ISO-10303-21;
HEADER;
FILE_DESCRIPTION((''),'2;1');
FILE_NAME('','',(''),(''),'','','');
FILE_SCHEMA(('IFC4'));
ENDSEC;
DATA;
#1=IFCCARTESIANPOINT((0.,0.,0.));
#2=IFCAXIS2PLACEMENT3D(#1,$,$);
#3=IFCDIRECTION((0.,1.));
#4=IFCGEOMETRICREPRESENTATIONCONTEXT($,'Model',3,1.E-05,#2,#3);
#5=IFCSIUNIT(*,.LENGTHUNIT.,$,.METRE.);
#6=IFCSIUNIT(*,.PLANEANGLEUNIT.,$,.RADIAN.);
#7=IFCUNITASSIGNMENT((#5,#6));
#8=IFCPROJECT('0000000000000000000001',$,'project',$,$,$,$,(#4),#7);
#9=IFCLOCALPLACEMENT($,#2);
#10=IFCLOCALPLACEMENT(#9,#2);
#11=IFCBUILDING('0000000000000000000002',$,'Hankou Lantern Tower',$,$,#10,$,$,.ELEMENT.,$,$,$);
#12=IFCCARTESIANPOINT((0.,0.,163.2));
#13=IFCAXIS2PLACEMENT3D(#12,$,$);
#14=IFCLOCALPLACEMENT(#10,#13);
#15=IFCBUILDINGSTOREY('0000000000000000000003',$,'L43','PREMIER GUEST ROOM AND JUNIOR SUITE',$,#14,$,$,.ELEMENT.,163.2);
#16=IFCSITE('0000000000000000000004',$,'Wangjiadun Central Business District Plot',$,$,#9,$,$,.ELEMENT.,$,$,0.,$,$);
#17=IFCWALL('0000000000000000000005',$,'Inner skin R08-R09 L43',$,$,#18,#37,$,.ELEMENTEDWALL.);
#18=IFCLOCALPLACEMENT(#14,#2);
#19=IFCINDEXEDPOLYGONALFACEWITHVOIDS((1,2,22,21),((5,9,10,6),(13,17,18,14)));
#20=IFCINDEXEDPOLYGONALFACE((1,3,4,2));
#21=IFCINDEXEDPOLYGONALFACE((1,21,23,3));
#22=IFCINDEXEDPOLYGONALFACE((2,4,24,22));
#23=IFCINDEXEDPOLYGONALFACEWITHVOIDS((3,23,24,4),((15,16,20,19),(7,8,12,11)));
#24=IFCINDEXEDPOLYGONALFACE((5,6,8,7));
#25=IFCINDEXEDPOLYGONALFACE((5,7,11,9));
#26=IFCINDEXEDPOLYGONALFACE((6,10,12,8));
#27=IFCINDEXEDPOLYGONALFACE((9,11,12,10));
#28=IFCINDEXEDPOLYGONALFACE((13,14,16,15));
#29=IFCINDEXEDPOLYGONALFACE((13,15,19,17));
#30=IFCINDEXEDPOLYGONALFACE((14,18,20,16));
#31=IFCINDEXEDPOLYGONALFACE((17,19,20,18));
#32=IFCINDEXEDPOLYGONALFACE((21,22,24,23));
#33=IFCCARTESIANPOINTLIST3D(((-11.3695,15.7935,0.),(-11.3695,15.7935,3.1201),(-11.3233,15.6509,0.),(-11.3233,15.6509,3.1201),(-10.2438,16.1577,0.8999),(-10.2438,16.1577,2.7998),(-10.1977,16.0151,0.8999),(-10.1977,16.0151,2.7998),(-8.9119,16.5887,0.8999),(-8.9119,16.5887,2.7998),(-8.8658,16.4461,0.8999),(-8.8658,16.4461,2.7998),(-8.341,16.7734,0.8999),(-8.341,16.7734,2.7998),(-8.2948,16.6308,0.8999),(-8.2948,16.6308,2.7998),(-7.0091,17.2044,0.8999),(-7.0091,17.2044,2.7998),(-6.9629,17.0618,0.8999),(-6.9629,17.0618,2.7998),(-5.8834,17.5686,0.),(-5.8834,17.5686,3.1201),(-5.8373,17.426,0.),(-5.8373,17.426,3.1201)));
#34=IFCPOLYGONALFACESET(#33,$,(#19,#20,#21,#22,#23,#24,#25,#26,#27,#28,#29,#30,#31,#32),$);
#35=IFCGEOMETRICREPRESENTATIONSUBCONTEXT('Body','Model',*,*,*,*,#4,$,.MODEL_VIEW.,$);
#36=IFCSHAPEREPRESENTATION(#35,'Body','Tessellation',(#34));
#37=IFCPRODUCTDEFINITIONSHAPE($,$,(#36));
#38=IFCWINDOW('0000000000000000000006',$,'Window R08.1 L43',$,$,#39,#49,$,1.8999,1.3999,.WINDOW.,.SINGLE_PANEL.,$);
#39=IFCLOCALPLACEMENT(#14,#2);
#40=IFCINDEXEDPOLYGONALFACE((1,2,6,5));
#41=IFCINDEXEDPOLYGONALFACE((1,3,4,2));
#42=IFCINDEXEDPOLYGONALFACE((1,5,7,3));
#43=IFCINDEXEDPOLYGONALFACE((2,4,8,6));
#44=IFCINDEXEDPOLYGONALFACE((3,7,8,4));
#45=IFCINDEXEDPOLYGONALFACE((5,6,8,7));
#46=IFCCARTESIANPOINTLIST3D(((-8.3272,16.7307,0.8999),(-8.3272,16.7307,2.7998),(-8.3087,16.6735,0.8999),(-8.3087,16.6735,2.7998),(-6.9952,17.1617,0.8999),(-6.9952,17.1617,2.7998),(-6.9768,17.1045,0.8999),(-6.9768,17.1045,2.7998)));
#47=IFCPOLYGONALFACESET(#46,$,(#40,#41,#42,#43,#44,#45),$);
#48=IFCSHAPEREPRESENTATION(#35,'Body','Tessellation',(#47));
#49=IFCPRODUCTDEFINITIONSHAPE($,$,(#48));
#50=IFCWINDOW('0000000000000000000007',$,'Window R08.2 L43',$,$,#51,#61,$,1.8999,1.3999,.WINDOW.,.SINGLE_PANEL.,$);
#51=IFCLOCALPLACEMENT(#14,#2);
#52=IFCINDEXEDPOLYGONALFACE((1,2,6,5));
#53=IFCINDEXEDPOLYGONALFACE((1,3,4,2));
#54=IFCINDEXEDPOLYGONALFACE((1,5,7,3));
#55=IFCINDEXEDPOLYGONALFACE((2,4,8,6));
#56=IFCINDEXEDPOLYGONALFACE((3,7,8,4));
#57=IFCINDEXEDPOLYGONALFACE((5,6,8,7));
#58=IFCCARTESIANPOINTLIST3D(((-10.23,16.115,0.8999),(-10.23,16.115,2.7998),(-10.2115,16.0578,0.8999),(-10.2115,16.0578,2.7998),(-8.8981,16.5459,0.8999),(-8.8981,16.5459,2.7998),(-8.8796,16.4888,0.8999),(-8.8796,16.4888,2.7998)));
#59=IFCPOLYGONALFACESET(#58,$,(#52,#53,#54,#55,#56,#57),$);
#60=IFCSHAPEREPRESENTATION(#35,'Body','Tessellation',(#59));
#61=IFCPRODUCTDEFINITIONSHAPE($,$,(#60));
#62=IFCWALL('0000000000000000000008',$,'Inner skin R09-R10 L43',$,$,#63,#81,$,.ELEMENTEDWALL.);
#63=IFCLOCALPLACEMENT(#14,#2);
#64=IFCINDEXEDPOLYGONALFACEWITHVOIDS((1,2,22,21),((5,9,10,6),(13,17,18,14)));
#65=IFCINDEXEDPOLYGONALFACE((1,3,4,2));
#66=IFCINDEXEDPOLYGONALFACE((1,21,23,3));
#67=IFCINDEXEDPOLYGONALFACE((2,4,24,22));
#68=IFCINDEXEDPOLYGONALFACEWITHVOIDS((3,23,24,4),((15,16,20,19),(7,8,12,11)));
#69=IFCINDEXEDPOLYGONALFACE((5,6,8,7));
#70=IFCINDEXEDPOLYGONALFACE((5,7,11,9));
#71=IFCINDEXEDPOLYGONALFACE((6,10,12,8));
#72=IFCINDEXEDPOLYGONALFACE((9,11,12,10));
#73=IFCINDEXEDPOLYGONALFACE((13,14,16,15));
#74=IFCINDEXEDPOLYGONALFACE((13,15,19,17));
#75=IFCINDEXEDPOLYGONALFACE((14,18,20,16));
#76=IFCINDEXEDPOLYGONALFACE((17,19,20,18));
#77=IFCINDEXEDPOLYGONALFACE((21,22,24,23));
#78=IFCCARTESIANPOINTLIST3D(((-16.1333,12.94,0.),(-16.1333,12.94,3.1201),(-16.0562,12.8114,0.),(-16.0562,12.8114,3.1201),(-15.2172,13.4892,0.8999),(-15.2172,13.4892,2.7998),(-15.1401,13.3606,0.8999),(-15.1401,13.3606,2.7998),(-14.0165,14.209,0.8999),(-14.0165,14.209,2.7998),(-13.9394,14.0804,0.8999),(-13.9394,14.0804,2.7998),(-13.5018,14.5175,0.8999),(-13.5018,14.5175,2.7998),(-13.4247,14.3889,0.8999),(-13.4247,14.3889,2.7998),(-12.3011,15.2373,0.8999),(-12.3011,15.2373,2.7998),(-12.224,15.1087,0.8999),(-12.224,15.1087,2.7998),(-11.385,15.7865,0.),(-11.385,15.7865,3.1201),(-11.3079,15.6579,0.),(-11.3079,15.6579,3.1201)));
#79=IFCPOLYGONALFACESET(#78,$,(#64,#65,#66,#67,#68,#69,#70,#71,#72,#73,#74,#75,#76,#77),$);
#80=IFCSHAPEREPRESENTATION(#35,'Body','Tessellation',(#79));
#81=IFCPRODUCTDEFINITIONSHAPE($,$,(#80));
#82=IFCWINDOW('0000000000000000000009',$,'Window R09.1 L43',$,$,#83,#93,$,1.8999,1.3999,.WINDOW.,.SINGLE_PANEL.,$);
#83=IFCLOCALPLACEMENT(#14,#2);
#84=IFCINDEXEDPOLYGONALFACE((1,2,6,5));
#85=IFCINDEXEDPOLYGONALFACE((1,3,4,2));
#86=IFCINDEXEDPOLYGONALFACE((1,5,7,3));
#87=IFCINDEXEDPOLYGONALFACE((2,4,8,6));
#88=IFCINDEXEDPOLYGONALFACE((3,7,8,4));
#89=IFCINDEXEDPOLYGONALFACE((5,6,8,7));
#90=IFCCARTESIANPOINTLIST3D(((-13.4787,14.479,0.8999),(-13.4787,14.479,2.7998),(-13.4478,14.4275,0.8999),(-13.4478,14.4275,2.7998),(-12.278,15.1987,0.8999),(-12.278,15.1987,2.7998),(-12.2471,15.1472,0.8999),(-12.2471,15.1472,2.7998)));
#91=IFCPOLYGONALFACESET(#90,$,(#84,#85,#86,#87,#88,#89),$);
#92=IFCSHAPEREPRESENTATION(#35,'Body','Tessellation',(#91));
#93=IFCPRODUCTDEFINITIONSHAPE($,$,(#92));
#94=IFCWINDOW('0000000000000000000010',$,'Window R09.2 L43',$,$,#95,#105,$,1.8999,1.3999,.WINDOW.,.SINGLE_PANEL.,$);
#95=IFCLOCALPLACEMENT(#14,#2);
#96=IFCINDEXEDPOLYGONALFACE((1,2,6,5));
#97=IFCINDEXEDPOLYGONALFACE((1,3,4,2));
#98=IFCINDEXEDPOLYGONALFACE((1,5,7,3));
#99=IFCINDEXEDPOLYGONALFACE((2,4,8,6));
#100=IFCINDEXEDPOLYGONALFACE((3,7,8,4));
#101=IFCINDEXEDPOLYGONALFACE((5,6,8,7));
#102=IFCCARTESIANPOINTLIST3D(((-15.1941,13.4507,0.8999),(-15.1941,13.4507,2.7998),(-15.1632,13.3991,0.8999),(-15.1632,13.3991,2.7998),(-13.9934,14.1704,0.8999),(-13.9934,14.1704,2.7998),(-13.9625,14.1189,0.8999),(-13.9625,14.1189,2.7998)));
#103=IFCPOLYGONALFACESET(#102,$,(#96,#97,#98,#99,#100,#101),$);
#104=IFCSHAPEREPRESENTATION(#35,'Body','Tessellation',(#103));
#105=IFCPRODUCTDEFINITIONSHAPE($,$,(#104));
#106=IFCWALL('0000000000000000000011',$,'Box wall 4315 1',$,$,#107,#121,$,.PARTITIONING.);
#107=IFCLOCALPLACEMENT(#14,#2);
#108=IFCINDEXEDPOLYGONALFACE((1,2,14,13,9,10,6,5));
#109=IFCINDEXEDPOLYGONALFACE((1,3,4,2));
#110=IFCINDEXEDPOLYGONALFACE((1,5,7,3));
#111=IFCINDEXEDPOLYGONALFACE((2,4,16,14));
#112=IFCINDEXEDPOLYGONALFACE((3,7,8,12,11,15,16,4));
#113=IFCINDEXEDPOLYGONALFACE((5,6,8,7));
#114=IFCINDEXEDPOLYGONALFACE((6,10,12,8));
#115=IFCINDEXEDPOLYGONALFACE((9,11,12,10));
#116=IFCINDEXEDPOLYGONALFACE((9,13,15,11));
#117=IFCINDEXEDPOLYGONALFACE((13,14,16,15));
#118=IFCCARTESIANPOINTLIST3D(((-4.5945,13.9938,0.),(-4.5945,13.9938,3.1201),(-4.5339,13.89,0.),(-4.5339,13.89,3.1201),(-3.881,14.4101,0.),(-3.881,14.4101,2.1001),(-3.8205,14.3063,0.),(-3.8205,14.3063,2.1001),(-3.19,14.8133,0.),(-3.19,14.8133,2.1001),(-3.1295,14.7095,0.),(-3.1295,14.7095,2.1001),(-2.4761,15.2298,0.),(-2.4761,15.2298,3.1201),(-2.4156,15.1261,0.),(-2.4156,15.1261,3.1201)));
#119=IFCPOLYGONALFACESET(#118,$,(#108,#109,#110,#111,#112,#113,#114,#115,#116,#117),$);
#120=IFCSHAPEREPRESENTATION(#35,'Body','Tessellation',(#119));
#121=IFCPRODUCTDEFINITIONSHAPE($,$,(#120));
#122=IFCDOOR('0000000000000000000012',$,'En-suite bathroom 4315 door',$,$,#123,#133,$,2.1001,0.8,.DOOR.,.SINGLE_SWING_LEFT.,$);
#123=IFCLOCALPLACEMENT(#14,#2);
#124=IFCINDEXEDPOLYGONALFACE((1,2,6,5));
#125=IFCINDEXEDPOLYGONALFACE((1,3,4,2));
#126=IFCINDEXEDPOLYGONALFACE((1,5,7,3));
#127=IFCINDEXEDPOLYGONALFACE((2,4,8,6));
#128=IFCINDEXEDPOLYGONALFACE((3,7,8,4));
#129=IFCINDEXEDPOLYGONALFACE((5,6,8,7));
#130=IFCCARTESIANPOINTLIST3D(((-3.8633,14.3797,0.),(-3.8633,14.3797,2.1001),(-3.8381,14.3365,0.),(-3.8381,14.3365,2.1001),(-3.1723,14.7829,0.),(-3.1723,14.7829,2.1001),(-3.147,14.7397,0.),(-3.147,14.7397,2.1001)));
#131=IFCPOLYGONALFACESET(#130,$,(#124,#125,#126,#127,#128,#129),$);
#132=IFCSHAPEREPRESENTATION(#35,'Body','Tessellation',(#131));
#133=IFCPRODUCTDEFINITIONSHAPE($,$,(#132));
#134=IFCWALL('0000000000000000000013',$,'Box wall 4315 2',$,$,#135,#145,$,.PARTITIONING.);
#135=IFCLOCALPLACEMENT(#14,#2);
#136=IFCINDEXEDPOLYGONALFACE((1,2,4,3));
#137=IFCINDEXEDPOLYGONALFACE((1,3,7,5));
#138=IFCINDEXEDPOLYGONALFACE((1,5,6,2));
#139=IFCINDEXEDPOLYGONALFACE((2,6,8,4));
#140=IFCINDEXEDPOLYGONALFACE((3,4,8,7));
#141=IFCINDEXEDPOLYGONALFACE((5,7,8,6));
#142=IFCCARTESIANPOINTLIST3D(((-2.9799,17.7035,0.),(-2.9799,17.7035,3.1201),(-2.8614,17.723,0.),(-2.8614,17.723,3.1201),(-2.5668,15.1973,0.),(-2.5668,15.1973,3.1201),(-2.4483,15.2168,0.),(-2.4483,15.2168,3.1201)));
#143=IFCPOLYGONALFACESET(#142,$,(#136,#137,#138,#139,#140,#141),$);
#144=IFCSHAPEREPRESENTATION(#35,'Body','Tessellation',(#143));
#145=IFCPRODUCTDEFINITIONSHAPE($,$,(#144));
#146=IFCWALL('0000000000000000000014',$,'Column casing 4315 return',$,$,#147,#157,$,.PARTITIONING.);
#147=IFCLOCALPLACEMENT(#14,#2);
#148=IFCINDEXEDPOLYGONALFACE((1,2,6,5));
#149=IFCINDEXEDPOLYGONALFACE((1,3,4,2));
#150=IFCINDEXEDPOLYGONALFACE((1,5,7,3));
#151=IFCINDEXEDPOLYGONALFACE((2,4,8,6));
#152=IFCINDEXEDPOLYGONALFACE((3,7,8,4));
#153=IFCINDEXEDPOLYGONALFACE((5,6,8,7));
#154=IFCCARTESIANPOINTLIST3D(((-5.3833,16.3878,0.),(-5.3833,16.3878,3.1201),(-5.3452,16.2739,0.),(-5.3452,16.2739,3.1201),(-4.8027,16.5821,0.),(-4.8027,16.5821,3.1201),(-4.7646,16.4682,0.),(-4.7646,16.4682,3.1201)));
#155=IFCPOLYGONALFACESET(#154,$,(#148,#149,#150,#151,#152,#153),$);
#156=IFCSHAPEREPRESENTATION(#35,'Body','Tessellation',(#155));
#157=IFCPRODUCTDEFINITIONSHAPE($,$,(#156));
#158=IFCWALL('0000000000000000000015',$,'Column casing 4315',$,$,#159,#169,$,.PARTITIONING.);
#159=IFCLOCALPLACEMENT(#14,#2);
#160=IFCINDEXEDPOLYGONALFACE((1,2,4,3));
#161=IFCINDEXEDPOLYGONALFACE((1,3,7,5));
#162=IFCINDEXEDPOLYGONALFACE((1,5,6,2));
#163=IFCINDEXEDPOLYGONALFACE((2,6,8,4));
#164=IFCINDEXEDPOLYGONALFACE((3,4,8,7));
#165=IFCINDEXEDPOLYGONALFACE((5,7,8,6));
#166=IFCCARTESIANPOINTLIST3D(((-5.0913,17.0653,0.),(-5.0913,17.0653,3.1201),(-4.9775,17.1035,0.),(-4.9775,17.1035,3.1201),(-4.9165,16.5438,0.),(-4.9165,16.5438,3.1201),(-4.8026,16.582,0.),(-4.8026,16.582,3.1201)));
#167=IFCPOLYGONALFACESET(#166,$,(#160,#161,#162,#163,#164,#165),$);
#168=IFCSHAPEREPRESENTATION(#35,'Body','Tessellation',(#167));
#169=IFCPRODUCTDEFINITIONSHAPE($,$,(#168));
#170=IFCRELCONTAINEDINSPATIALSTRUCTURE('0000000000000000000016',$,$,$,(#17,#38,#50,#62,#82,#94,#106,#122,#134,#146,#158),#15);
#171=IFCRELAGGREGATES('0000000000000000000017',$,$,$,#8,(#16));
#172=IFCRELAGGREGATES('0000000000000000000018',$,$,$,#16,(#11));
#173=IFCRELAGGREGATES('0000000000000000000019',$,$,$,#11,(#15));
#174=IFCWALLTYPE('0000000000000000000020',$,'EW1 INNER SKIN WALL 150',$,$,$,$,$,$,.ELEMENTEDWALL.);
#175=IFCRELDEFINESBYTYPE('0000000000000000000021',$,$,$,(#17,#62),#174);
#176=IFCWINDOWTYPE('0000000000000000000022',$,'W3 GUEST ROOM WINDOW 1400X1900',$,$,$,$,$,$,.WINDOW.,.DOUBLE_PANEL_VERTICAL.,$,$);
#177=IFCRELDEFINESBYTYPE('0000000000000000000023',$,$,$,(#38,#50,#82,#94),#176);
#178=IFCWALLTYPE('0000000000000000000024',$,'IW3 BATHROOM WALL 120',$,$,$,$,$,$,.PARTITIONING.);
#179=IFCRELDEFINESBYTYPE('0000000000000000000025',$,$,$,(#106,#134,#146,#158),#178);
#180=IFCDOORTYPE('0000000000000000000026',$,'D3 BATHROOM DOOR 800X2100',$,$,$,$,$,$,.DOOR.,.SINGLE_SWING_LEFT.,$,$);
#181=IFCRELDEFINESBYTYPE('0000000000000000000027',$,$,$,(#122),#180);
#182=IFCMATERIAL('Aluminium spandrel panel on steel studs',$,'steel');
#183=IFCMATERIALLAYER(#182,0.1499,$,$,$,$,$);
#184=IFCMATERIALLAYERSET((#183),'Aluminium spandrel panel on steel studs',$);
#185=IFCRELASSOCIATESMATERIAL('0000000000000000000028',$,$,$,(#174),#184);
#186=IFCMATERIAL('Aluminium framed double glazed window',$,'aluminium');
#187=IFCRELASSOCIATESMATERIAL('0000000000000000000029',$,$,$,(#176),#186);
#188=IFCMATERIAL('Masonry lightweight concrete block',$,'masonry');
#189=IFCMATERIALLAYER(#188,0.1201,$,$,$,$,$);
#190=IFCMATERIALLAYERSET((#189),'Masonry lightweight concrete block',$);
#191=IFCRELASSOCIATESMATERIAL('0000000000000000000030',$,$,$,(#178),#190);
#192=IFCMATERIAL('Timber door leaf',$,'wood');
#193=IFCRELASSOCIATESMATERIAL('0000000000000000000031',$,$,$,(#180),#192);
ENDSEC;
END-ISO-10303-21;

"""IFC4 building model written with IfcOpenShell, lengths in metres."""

from ifc_helpers import new_model, si_unit, direction, frame, frame_2d, origin, place, context, subcontext, project, spatial, rectangle, extrude, material, layer, layer_set, type_object, element, fill, save


model = new_model("IFC4")

# Units and contexts
model_context = context("Model", 3, precision=1e-05, world=origin(), true_north=direction((0.0, 1.0)))
body_context = subcontext(model_context, "Body", "Model", "MODEL_VIEW")
ifc_project = project(units=[si_unit("LENGTHUNIT", "METRE"), si_unit("PLANEANGLEUNIT", "RADIAN")], contexts=[model_context])

# Site, building, storey
site_placement = place(None, origin())
site = spatial("IfcSite", under=ifc_project, at=site_placement, Name="Wangjiadun Central Business District Plot", CompositionType="ELEMENT", RefElevation=0.0)
building_placement = place(site_placement, origin())
building = spatial("IfcBuilding", under=site, at=building_placement, Name="Hankou Lantern Tower", CompositionType="ELEMENT")
storey_placement = place(building_placement, frame((0.0, 0.0, 163.2)))
storey = spatial("IfcBuildingStorey", under=building, at=storey_placement, Name="L43", Description="PREMIER GUEST ROOM AND JUNIOR SUITE", CompositionType="ELEMENT", Elevation=163.2)

# Walls, openings, windows
ifc_material_1 = material(Name="Aluminium spandrel panel on steel studs", Category="steel")
ifc_layer_1 = layer(ifc_material_1, 0.1499)
ifc_layer_set_1 = layer_set([ifc_layer_1], Name="Aluminium spandrel panel on steel studs")
wall_type_1 = type_object("IfcWallType", Name="EW1 INNER SKIN WALL 150", PredefinedType="ELEMENTEDWALL", material=ifc_layer_set_1)
wall_1_placement = place(storey_placement, frame((-5.8604, 17.4973, 0.0), z_axis=(0.0, 0.0, 1.0), x_axis=(-0.951432, -0.307857, 0.0)))
wall_1 = element("IfcWall", 1, at=wall_1_placement, inside=storey, type_object=wall_type_1, Name="Inner skin R08-R09 L43", PredefinedType="ELEMENTEDWALL", context=body_context, shape_type="SweptSolid", body=[
    extrude(rectangle(XDim=5.7661, YDim=0.1499, at=frame_2d((2.8831, 0.0))), origin(), (0.0, 0.0, 1.0), 3.1201),
])
opening_1_placement = place(wall_1_placement, frame((1.1831, 0.0, 0.8999)))
opening_1 = element("IfcOpeningElement", 2, at=opening_1_placement, cuts=wall_1, PredefinedType="OPENING", context=body_context, shape_type="SweptSolid", body=[
    extrude(rectangle(XDim=1.3999, YDim=1.8999, at=frame_2d((0.7, 0.95))), frame((0.0, 0.085, 0.0), z_axis=(0.0, -1.0, 0.0), x_axis=(1.0, 0.0, 0.0)), (0.0, 0.0, 1.0), 0.1699),
])
opening_2_placement = place(wall_1_placement, frame((3.1831, 0.0, 0.8999)))
opening_2 = element("IfcOpeningElement", 3, at=opening_2_placement, cuts=wall_1, PredefinedType="OPENING", context=body_context, shape_type="SweptSolid", body=[
    extrude(rectangle(XDim=1.3999, YDim=1.8999, at=frame_2d((0.7, 0.95))), frame((0.0, 0.085, 0.0), z_axis=(0.0, -1.0, 0.0), x_axis=(1.0, 0.0, 0.0)), (0.0, 0.0, 1.0), 0.1699),
])
ifc_material_2 = material(Name="Aluminium framed double glazed window", Category="aluminium")
window_type = type_object("IfcWindowType", Name="W3 GUEST ROOM WINDOW 1400X1900", PartitioningType="DOUBLE_PANEL_VERTICAL", PredefinedType="WINDOW", material=ifc_material_2)
window_1_placement = place(opening_1_placement, origin())
window_1 = element("IfcWindow", 4, at=window_1_placement, inside=storey, type_object=window_type, Name="Window R08.1 L43", OverallHeight=1.8999, OverallWidth=1.3999, PartitioningType="SINGLE_PANEL", PredefinedType="WINDOW", context=body_context, shape_type="SweptSolid", body=[
    extrude(rectangle(XDim=1.3999, YDim=1.8999, at=frame_2d((0.7, 0.95))), frame((0.0, 0.03, 0.0), z_axis=(0.0, -1.0, 0.0), x_axis=(1.0, 0.0, 0.0)), (0.0, 0.0, 1.0), 0.0601),
])
fill(opening_1, window_1)
window_2_placement = place(opening_2_placement, origin())
window_2 = element("IfcWindow", 5, at=window_2_placement, inside=storey, type_object=window_type, Name="Window R08.2 L43", OverallHeight=1.8999, OverallWidth=1.3999, PartitioningType="SINGLE_PANEL", PredefinedType="WINDOW", context=body_context, shape_type="SweptSolid", body=[
    extrude(rectangle(XDim=1.3999, YDim=1.8999, at=frame_2d((0.7, 0.95))), frame((0.0, 0.03, 0.0), z_axis=(0.0, -1.0, 0.0), x_axis=(1.0, 0.0, 0.0)), (0.0, 0.0, 1.0), 0.0601),
])
fill(opening_2, window_2)
wall_2_placement = place(storey_placement, frame((-11.3464, 15.7222, 0.0), z_axis=(0.0, 0.0, 1.0), x_axis=(-0.857695, -0.514158, 0.0)))
wall_2 = element("IfcWall", 6, at=wall_2_placement, inside=storey, type_object=wall_type_1, Name="Inner skin R09-R10 L43", PredefinedType="ELEMENTEDWALL", context=body_context, shape_type="SweptSolid", body=[
    extrude(rectangle(XDim=5.5361, YDim=0.1499, at=frame_2d((2.7681, 0.0))), origin(), (0.0, 0.0, 1.0), 3.1201),
])
opening_3_placement = place(wall_2_placement, frame((1.0681, 0.0, 0.8999)))
opening_3 = element("IfcOpeningElement", 7, at=opening_3_placement, cuts=wall_2, PredefinedType="OPENING", context=body_context, shape_type="SweptSolid", body=[
    extrude(rectangle(XDim=1.3999, YDim=1.8999, at=frame_2d((0.7, 0.95))), frame((0.0, 0.085, 0.0), z_axis=(0.0, -1.0, 0.0), x_axis=(1.0, 0.0, 0.0)), (0.0, 0.0, 1.0), 0.1699),
])
opening_4_placement = place(wall_2_placement, frame((3.0681, 0.0, 0.8999)))
opening_4 = element("IfcOpeningElement", 8, at=opening_4_placement, cuts=wall_2, PredefinedType="OPENING", context=body_context, shape_type="SweptSolid", body=[
    extrude(rectangle(XDim=1.3999, YDim=1.8999, at=frame_2d((0.7, 0.95))), frame((0.0, 0.085, 0.0), z_axis=(0.0, -1.0, 0.0), x_axis=(1.0, 0.0, 0.0)), (0.0, 0.0, 1.0), 0.1699),
])
window_3_placement = place(opening_3_placement, origin())
window_3 = element("IfcWindow", 9, at=window_3_placement, inside=storey, type_object=window_type, Name="Window R09.1 L43", OverallHeight=1.8999, OverallWidth=1.3999, PartitioningType="SINGLE_PANEL", PredefinedType="WINDOW", context=body_context, shape_type="SweptSolid", body=[
    extrude(rectangle(XDim=1.3999, YDim=1.8999, at=frame_2d((0.7, 0.95))), frame((0.0, 0.03, 0.0), z_axis=(0.0, -1.0, 0.0), x_axis=(1.0, 0.0, 0.0)), (0.0, 0.0, 1.0), 0.0601),
])
fill(opening_3, window_3)
window_4_placement = place(opening_4_placement, origin())
window_4 = element("IfcWindow", 10, at=window_4_placement, inside=storey, type_object=window_type, Name="Window R09.2 L43", OverallHeight=1.8999, OverallWidth=1.3999, PartitioningType="SINGLE_PANEL", PredefinedType="WINDOW", context=body_context, shape_type="SweptSolid", body=[
    extrude(rectangle(XDim=1.3999, YDim=1.8999, at=frame_2d((0.7, 0.95))), frame((0.0, 0.03, 0.0), z_axis=(0.0, -1.0, 0.0), x_axis=(1.0, 0.0, 0.0)), (0.0, 0.0, 1.0), 0.0601),
])
fill(opening_4, window_4)

# Wall, opening, door
ifc_material_3 = material(Name="Masonry lightweight concrete block", Category="masonry")
ifc_layer_2 = layer(ifc_material_3, 0.1201)
ifc_layer_set_2 = layer_set([ifc_layer_2], Name="Masonry lightweight concrete block")
wall_type_2 = type_object("IfcWallType", Name="IW3 BATHROOM WALL 120", PredefinedType="PARTITIONING", material=ifc_layer_set_2)
wall_3_placement = place(storey_placement, frame((-4.5642, 13.9419, 0.0), z_axis=(0.0, 0.0, 1.0), x_axis=(0.863718, 0.503976, 0.0)))
wall_3 = element("IfcWall", 11, at=wall_3_placement, inside=storey, type_object=wall_type_2, Name="Box wall 4315 1", PredefinedType="PARTITIONING", context=body_context, shape_type="SweptSolid", body=[
    extrude(rectangle(XDim=2.4526, YDim=0.1201, at=frame_2d((1.2263, 0.0))), origin(), (0.0, 0.0, 1.0), 3.1201),
])
opening_5_placement = place(wall_3_placement, frame((0.8262, 0.0, 0.0)))
opening_5 = element("IfcOpeningElement", 12, at=opening_5_placement, cuts=wall_3, PredefinedType="OPENING", context=body_context, shape_type="SweptSolid", body=[
    extrude(rectangle(XDim=0.8, YDim=2.1001, at=frame_2d((0.3999, 1.05))), frame((0.0, 0.0701, 0.0), z_axis=(0.0, -1.0, 0.0), x_axis=(1.0, 0.0, 0.0)), (0.0, 0.0, 1.0), 0.1401),
])
ifc_material_4 = material(Name="Timber door leaf", Category="wood")
door_type = type_object("IfcDoorType", Name="D3 BATHROOM DOOR 800X2100", OperationType="SINGLE_SWING_LEFT", PredefinedType="DOOR", material=ifc_material_4)
door_placement = place(opening_5_placement, origin())
door = element("IfcDoor", 13, at=door_placement, inside=storey, type_object=door_type, Name="En-suite bathroom 4315 door", OperationType="SINGLE_SWING_LEFT", OverallHeight=2.1001, OverallWidth=0.8, PredefinedType="DOOR", context=body_context, shape_type="SweptSolid", body=[
    extrude(rectangle(XDim=0.8, YDim=2.1001, at=frame_2d((0.3999, 1.05))), frame((0.0, 0.0249, 0.0), z_axis=(0.0, -1.0, 0.0), x_axis=(1.0, 0.0, 0.0)), (0.0, 0.0, 1.0), 0.05),
])
fill(opening_5, door)

# Walls
wall_4_placement = place(storey_placement, frame((-2.5076, 15.207, 0.0), z_axis=(0.0, 0.0, 1.0), x_axis=(-0.162637, 0.986686, 0.0)))
element("IfcWall", 14, at=wall_4_placement, inside=storey, type_object=wall_type_2, Name="Box wall 4315 2", PredefinedType="PARTITIONING", context=body_context, shape_type="SweptSolid", body=[
    extrude(rectangle(XDim=2.54, YDim=0.1201, at=frame_2d((1.27, 0.0))), origin(), (0.0, 0.0, 1.0), 3.1201),
])
wall_5_placement = place(storey_placement, frame((-5.3643, 16.3308, 0.0), z_axis=(0.0, 0.0, 1.0), x_axis=(0.948284, 0.317424, 0.0)))
element("IfcWall", 15, at=wall_5_placement, inside=storey, type_object=wall_type_2, Name="Column casing 4315 return", PredefinedType="PARTITIONING", context=body_context, shape_type="SweptSolid", body=[
    extrude(rectangle(XDim=0.6123, YDim=0.1201, at=frame_2d((0.3062, 0.0))), origin(), (0.0, 0.0, 1.0), 3.1201),
])
wall_6_placement = place(storey_placement, frame((-4.8596, 16.563, 0.0), z_axis=(0.0, 0.0, 1.0), x_axis=(-0.317825, 0.948149, 0.0)))
element("IfcWall", 16, at=wall_6_placement, inside=storey, type_object=wall_type_2, Name="Column casing 4315", PredefinedType="PARTITIONING", context=body_context, shape_type="SweptSolid", body=[
    extrude(rectangle(XDim=0.55, YDim=0.1201, at=frame_2d((0.2749, 0.0))), origin(), (0.0, 0.0, 1.0), 3.1201),
])

save(model, "model.ifc")
